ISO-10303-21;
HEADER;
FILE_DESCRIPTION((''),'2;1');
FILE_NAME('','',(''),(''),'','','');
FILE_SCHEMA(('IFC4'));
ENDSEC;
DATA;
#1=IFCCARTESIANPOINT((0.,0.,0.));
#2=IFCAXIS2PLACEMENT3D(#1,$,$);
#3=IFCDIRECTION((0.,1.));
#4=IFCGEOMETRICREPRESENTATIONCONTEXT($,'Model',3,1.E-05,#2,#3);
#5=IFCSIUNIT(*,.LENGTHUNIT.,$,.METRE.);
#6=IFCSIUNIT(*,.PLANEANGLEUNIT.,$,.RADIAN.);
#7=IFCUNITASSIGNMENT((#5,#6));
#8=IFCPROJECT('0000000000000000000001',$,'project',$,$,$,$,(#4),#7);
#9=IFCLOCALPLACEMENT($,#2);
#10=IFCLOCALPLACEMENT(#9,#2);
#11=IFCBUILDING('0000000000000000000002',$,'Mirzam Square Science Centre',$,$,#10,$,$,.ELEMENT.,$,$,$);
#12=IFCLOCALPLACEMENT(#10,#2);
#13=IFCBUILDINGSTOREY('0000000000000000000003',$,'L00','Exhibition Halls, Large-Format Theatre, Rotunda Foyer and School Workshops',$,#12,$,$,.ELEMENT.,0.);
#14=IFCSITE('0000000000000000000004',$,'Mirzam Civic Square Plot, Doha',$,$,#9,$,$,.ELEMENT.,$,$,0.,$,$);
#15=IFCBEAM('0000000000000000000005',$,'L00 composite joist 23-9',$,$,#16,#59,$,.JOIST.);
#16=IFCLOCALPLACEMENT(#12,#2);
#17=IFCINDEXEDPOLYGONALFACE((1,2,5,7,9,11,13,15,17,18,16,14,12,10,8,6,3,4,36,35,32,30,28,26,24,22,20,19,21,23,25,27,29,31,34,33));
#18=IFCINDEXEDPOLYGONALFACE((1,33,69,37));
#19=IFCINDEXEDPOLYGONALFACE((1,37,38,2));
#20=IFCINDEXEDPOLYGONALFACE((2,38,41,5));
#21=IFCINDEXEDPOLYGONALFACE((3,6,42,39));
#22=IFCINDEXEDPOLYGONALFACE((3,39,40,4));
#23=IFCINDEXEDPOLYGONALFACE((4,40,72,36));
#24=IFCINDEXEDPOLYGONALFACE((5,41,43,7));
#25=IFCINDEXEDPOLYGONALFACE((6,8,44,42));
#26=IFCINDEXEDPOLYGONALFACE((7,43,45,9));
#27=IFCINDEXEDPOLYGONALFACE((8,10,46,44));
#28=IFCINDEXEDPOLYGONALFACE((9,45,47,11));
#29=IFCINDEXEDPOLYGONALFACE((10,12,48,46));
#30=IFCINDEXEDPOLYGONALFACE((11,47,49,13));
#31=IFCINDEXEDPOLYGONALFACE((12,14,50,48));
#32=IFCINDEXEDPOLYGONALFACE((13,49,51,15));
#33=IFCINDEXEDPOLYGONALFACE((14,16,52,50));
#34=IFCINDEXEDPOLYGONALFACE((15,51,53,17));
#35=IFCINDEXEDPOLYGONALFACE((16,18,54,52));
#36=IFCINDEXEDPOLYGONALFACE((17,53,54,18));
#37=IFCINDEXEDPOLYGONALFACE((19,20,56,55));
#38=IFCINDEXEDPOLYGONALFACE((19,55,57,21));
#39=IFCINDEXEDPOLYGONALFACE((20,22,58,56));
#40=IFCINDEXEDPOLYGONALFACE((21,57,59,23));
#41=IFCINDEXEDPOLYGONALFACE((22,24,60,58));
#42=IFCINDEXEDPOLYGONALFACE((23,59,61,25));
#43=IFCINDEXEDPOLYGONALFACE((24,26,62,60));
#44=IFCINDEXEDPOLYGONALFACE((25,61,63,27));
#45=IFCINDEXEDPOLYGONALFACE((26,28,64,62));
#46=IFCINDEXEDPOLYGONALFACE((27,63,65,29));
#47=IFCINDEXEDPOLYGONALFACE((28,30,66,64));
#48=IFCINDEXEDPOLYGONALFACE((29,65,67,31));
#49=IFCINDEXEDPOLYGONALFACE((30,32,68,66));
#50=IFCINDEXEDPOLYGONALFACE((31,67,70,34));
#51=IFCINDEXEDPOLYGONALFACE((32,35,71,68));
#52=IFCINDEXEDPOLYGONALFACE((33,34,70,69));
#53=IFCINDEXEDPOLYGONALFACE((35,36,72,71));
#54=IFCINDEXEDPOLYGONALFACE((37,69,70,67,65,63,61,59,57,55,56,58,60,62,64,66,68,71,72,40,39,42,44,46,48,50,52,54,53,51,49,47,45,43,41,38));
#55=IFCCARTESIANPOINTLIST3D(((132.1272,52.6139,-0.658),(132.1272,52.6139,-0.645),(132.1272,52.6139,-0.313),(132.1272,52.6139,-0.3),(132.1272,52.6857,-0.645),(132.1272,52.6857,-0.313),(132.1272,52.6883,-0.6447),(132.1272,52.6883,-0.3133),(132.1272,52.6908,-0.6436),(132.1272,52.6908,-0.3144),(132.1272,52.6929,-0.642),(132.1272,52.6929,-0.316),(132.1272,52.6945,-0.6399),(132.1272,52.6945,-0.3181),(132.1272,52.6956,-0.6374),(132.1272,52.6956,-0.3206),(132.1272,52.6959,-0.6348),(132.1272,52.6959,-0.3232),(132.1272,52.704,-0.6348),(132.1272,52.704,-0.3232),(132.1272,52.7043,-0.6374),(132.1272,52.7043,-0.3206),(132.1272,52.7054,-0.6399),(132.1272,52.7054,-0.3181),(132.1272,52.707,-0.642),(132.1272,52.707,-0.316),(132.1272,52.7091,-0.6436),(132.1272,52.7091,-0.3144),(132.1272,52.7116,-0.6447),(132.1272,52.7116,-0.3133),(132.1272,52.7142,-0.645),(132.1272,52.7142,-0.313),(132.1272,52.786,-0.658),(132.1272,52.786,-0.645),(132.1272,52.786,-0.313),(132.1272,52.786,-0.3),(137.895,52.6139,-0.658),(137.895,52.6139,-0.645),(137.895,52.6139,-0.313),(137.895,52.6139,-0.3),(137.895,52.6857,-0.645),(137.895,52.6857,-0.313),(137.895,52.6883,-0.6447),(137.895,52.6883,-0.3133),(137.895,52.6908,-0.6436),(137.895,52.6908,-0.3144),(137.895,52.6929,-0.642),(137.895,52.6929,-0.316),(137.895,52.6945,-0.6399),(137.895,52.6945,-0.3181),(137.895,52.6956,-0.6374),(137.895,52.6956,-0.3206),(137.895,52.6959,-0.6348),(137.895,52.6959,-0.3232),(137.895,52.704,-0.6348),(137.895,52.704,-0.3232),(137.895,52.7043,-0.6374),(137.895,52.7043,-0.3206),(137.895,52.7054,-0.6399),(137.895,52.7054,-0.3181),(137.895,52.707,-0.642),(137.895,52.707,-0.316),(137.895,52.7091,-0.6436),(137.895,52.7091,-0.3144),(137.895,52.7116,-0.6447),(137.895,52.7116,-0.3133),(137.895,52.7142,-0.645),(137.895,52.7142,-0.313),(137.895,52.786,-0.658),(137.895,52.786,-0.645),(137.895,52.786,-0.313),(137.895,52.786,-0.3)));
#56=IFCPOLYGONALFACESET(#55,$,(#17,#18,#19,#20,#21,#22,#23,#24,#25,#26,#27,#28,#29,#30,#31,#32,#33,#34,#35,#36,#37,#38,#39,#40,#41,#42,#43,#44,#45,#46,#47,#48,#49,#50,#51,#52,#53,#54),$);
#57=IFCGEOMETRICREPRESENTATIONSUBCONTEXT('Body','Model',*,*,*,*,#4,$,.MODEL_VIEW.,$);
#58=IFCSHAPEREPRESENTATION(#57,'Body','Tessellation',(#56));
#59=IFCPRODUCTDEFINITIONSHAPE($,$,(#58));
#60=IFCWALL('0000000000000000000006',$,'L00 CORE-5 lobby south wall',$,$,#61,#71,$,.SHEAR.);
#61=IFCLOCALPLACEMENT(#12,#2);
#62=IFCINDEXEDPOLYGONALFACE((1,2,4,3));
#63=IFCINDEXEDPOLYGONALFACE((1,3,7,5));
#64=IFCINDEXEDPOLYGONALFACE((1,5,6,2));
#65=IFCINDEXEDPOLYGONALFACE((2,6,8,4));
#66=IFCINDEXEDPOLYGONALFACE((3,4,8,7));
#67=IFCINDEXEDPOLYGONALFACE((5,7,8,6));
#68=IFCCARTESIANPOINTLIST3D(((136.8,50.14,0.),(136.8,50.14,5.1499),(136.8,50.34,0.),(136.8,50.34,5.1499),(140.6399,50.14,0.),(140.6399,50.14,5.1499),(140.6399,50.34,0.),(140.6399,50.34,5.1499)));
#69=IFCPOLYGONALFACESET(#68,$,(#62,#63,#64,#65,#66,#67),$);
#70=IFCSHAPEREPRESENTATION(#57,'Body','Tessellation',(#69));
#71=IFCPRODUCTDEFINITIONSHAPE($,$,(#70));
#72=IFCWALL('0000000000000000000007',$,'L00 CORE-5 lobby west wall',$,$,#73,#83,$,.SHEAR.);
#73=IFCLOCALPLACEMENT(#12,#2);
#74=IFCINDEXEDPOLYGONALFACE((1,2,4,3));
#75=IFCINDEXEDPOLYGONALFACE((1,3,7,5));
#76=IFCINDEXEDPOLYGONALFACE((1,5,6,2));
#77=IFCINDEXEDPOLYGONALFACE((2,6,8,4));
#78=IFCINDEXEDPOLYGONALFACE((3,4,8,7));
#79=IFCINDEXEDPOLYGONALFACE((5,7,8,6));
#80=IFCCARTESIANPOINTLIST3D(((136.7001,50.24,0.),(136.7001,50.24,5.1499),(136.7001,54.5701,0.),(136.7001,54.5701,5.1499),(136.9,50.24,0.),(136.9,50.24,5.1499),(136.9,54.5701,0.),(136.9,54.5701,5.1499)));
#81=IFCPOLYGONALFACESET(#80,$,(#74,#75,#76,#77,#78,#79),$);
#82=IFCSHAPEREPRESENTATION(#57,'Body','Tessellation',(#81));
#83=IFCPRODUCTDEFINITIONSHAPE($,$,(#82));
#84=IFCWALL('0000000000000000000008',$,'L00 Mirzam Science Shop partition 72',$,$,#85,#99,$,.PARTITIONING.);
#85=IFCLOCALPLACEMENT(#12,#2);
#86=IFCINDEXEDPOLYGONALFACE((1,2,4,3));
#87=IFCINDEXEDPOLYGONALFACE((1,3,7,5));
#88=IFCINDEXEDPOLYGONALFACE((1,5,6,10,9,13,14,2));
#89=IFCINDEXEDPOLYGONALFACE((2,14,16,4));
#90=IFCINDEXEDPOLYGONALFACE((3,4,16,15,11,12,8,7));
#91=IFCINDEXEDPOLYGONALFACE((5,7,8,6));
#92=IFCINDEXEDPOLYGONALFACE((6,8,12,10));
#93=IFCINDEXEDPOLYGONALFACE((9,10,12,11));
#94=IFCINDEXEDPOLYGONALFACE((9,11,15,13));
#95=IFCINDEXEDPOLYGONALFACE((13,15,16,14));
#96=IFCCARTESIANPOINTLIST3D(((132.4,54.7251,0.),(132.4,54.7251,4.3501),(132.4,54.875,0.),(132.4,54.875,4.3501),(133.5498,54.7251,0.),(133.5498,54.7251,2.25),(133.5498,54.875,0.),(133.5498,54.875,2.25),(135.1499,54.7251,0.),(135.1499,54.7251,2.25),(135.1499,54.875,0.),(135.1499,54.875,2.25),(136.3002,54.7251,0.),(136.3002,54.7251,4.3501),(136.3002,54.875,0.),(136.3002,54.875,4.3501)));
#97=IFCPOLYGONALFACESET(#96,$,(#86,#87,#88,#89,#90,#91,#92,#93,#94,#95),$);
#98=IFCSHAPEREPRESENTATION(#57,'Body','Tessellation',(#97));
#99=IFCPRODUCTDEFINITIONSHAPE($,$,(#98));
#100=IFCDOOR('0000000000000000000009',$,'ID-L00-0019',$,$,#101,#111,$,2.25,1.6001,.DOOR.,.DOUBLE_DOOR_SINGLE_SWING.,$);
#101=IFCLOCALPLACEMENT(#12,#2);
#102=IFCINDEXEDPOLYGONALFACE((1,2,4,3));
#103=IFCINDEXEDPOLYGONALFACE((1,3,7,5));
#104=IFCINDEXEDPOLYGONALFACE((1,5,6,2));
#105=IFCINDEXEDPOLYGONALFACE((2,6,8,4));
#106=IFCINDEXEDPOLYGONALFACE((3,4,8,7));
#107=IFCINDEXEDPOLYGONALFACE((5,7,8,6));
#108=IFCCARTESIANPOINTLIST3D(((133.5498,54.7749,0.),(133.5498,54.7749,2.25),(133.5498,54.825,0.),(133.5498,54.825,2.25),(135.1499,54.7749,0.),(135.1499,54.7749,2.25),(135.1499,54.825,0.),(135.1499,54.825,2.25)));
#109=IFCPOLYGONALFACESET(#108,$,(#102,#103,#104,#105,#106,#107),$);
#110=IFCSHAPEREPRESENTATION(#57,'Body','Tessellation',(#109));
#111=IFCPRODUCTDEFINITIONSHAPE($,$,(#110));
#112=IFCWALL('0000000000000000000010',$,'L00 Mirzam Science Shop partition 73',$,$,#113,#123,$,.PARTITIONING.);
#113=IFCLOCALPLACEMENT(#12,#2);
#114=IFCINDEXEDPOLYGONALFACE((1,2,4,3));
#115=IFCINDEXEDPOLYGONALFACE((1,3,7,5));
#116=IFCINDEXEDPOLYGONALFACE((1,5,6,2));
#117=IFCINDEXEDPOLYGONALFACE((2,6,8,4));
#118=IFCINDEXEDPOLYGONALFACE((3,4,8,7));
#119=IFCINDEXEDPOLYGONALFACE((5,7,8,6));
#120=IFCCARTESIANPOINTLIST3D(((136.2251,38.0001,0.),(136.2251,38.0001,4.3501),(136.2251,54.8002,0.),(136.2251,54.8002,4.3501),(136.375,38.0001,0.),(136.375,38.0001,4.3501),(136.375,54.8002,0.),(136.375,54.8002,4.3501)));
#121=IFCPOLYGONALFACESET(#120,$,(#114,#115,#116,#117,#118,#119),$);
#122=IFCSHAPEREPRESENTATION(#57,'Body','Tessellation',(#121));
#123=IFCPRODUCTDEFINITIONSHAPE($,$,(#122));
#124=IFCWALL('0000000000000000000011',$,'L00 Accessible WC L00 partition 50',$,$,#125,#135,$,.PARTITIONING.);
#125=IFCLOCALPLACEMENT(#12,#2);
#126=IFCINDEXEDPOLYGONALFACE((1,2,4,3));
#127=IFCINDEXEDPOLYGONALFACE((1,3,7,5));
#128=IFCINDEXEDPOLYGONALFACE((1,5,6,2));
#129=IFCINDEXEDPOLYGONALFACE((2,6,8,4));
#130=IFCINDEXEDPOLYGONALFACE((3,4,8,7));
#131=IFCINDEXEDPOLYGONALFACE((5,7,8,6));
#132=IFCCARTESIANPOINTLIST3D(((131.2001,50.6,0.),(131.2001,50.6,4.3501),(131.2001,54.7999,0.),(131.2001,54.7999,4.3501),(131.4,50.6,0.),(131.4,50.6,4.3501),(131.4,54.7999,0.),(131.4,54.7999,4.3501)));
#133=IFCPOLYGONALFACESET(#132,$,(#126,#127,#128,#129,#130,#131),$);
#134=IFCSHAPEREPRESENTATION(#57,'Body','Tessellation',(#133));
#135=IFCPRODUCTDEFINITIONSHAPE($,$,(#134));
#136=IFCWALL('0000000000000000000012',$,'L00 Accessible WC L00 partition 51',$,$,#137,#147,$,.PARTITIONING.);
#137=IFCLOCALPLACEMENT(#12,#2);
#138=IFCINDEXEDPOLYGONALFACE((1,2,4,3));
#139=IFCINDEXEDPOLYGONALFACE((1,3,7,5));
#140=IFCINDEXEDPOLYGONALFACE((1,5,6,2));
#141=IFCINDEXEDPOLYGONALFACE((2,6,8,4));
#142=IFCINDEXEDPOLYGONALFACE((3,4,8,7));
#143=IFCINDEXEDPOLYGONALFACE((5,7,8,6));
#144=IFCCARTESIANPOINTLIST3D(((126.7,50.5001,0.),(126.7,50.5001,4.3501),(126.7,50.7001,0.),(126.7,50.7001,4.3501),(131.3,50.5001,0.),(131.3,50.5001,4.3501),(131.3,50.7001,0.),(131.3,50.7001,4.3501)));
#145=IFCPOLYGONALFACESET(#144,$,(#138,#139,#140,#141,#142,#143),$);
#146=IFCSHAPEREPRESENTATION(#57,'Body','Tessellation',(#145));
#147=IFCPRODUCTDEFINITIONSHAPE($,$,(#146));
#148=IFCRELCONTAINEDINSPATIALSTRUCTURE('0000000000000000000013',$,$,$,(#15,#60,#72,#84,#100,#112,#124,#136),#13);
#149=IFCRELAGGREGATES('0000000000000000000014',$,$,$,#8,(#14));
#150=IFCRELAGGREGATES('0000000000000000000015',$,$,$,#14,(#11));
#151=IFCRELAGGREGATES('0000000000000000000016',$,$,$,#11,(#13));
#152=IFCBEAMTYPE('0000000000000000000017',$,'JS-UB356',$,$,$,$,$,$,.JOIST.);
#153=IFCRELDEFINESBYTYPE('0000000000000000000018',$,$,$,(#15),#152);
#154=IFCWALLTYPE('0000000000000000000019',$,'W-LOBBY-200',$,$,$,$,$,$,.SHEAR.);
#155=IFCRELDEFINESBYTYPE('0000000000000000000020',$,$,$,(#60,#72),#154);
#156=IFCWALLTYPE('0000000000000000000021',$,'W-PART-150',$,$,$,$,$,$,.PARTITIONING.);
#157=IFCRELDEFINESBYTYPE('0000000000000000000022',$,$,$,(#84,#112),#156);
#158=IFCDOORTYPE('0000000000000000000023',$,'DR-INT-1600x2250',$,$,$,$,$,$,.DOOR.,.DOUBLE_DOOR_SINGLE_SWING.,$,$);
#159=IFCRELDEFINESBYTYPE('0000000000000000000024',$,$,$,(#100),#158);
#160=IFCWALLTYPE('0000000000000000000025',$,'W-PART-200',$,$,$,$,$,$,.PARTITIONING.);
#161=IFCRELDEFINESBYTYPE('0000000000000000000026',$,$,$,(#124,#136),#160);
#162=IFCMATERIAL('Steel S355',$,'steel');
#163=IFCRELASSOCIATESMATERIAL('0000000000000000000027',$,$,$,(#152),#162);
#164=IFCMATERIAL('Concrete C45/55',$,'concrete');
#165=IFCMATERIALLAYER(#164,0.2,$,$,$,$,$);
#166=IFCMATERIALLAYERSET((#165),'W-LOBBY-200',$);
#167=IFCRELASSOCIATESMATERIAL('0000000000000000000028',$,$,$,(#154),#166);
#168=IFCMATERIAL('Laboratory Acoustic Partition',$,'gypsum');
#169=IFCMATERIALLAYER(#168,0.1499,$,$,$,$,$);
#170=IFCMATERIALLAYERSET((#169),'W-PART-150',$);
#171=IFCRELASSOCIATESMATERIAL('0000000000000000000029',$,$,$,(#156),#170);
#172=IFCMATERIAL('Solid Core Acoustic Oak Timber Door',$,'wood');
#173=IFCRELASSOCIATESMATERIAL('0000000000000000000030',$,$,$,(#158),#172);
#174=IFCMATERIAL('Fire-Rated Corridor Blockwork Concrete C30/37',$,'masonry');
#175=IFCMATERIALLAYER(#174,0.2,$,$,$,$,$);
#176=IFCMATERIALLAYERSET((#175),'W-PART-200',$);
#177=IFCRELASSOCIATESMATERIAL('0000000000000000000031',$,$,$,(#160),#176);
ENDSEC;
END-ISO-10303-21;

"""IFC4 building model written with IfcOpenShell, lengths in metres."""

from ifc_helpers import new_model, si_unit, direction, frame, frame_2d, origin, origin_2d, place, context, subcontext, project, spatial, rectangle, i_section, extrude, material, layer, layer_set, material_profile, profile_set, type_object, element, fill, save


model = new_model("IFC4")

# Units and contexts
model_context = context("Model", 3, precision=1e-05, world=origin(), true_north=direction((0.0, 1.0)))
body_context = subcontext(model_context, "Body", "Model", "MODEL_VIEW")
ifc_project = project(units=[si_unit("LENGTHUNIT", "METRE"), si_unit("PLANEANGLEUNIT", "RADIAN")], contexts=[model_context])

# Site, building, storey
site_placement = place(None, origin())
site = spatial("IfcSite", under=ifc_project, at=site_placement, Name="Mirzam Civic Square Plot, Doha", CompositionType="ELEMENT", RefElevation=0.0)
building_placement = place(site_placement, origin())
building = spatial("IfcBuilding", under=site, at=building_placement, Name="Mirzam Square Science Centre", CompositionType="ELEMENT")
storey_placement = place(building_placement, origin())
storey = spatial("IfcBuildingStorey", under=building, at=storey_placement, Name="L00", Description="Exhibition Halls, Large-Format Theatre, Rotunda Foyer and School Workshops", CompositionType="ELEMENT", Elevation=0.0)

# Shared definitions
ifc_material_1 = material(Name="Steel S355", Category="steel")

# Beam
ifc_material_profile_1 = material_profile(ifc_material_1, i_section(OverallWidth=0.1721, OverallDepth=0.3579, WebThickness=0.0081, FlangeThickness=0.0129, FilletRadius=0.0103, at=origin_2d()), Name="356x171x57UB")
ifc_profile_set_1 = profile_set([ifc_material_profile_1], Name="Steel S355")
beam_type_1 = type_object("IfcBeamType", Name="JS-UB356", PredefinedType="JOIST", material=ifc_profile_set_1)
beam_1_placement = place(storey_placement, frame((132.1272, 52.7, -0.479), z_axis=(1.0, 0.0, 0.0), x_axis=(0.0, 1.0, 0.0)))
element("IfcBeam", 1, at=beam_1_placement, inside=storey, type_object=beam_type_1, Name="L00 composite joist 23-9", PredefinedType="JOIST", context=body_context, shape_type="SweptSolid", body=[
    extrude(i_section(OverallWidth=0.1721, OverallDepth=0.3579, WebThickness=0.0081, FlangeThickness=0.0129, FilletRadius=0.0103, at=origin_2d()), origin(), (0.0, 0.0, 1.0), 5.7678),
])

# Walls
ifc_material_2 = material(Name="Concrete C45/55", Category="concrete")
ifc_layer_1 = layer(ifc_material_2, 0.2)
ifc_layer_set_1 = layer_set([ifc_layer_1], Name="W-LOBBY-200")
wall_type_1 = type_object("IfcWallType", Name="W-LOBBY-200", PredefinedType="SHEAR", material=ifc_layer_set_1)
wall_1_placement = place(storey_placement, frame((136.8, 50.24, 0.0), z_axis=(0.0, 0.0, 1.0), x_axis=(1.0, 0.0, 0.0)))
element("IfcWall", 2, at=wall_1_placement, inside=storey, type_object=wall_type_1, Name="L00 CORE-5 lobby south wall", PredefinedType="SHEAR", context=body_context, shape_type="SweptSolid", body=[
    extrude(rectangle(XDim=3.8398, YDim=0.2, at=frame_2d((1.9199, 0.0))), origin(), (0.0, 0.0, 1.0), 5.1499),
])
wall_2_placement = place(storey_placement, frame((136.8, 54.5701, 0.0), z_axis=(0.0, 0.0, 1.0), x_axis=(0.0, -1.0, 0.0)))
element("IfcWall", 3, at=wall_2_placement, inside=storey, type_object=wall_type_1, Name="L00 CORE-5 lobby west wall", PredefinedType="SHEAR", context=body_context, shape_type="SweptSolid", body=[
    extrude(rectangle(XDim=4.3301, YDim=0.2, at=frame_2d((2.165, 0.0))), origin(), (0.0, 0.0, 1.0), 5.1499),
])

# Wall, opening, door
ifc_material_3 = material(Name="Laboratory Acoustic Partition", Category="gypsum")
ifc_layer_2 = layer(ifc_material_3, 0.1499)
ifc_layer_set_2 = layer_set([ifc_layer_2], Name="W-PART-150")
wall_type_2 = type_object("IfcWallType", Name="W-PART-150", PredefinedType="PARTITIONING", material=ifc_layer_set_2)
wall_3_placement = place(storey_placement, frame((132.3999, 54.8, 0.0), z_axis=(0.0, 0.0, 1.0), x_axis=(1.0, 0.0, 0.0)))
wall_3 = element("IfcWall", 4, at=wall_3_placement, inside=storey, type_object=wall_type_2, Name="L00 Mirzam Science Shop partition 72", PredefinedType="PARTITIONING", context=body_context, shape_type="SweptSolid", body=[
    extrude(rectangle(XDim=3.9001, YDim=0.1499, at=frame_2d((1.9502, 0.0))), origin(), (0.0, 0.0, 1.0), 4.3501),
])
opening_placement = place(wall_3_placement, frame((1.1499, 0.0, 0.0)))
opening = element("IfcOpeningElement", 5, at=opening_placement, cuts=wall_3, PredefinedType="OPENING", context=body_context, shape_type="SweptSolid", body=[
    extrude(rectangle(XDim=1.6001, YDim=2.25, at=frame_2d((0.8, 1.125))), frame((0.0, 0.085, 0.0), z_axis=(0.0, -1.0, 0.0), x_axis=(1.0, 0.0, 0.0)), (0.0, 0.0, 1.0), 0.1699),
])
ifc_material_4 = material(Name="Solid Core Acoustic Oak Timber Door", Category="wood")
door_type = type_object("IfcDoorType", Name="DR-INT-1600x2250", OperationType="DOUBLE_DOOR_SINGLE_SWING", PredefinedType="DOOR", material=ifc_material_4)
door_placement = place(opening_placement, origin())
door = element("IfcDoor", 6, at=door_placement, inside=storey, type_object=door_type, Name="ID-L00-0019", OperationType="DOUBLE_DOOR_SINGLE_SWING", OverallHeight=2.25, OverallWidth=1.6001, PredefinedType="DOOR", context=body_context, shape_type="SweptSolid", body=[
    extrude(rectangle(XDim=1.6001, YDim=2.25, at=frame_2d((0.8, 1.125))), frame((0.0, 0.0249, 0.0), z_axis=(0.0, -1.0, 0.0), x_axis=(1.0, 0.0, 0.0)), (0.0, 0.0, 1.0), 0.05),
])
fill(opening, door)

# Walls
wall_4_placement = place(storey_placement, frame((136.3, 54.8, 0.0), z_axis=(0.0, 0.0, 1.0), x_axis=(0.0, -1.0, 0.0)))
element("IfcWall", 7, at=wall_4_placement, inside=storey, type_object=wall_type_2, Name="L00 Mirzam Science Shop partition 73", PredefinedType="PARTITIONING", context=body_context, shape_type="SweptSolid", body=[
    extrude(rectangle(XDim=16.8, YDim=0.1499, at=frame_2d((8.3999, 0.0))), origin(), (0.0, 0.0, 1.0), 4.3501),
])
ifc_material_5 = material(Name="Fire-Rated Corridor Blockwork Concrete C30/37", Category="masonry")
ifc_layer_3 = layer(ifc_material_5, 0.2)
ifc_layer_set_3 = layer_set([ifc_layer_3], Name="W-PART-200")
wall_type_3 = type_object("IfcWallType", Name="W-PART-200", PredefinedType="PARTITIONING", material=ifc_layer_set_3)
wall_5_placement = place(storey_placement, frame((131.3, 54.8, 0.0), z_axis=(0.0, 0.0, 1.0), x_axis=(0.0, -1.0, 0.0)))
element("IfcWall", 8, at=wall_5_placement, inside=storey, type_object=wall_type_3, Name="L00 Accessible WC L00 partition 50", PredefinedType="PARTITIONING", context=body_context, shape_type="SweptSolid", body=[
    extrude(rectangle(XDim=4.2, YDim=0.2, at=frame_2d((2.1001, 0.0))), origin(), (0.0, 0.0, 1.0), 4.3501),
])
wall_6_placement = place(storey_placement, frame((131.3, 50.6001, 0.0), z_axis=(0.0, 0.0, 1.0), x_axis=(-1.0, 0.0, 0.0)))
element("IfcWall", 9, at=wall_6_placement, inside=storey, type_object=wall_type_3, Name="L00 Accessible WC L00 partition 51", PredefinedType="PARTITIONING", context=body_context, shape_type="SweptSolid", body=[
    extrude(rectangle(XDim=4.6001, YDim=0.2, at=frame_2d((2.3, 0.0))), origin(), (0.0, 0.0, 1.0), 4.3501),
])

save(model, "model.ifc")
